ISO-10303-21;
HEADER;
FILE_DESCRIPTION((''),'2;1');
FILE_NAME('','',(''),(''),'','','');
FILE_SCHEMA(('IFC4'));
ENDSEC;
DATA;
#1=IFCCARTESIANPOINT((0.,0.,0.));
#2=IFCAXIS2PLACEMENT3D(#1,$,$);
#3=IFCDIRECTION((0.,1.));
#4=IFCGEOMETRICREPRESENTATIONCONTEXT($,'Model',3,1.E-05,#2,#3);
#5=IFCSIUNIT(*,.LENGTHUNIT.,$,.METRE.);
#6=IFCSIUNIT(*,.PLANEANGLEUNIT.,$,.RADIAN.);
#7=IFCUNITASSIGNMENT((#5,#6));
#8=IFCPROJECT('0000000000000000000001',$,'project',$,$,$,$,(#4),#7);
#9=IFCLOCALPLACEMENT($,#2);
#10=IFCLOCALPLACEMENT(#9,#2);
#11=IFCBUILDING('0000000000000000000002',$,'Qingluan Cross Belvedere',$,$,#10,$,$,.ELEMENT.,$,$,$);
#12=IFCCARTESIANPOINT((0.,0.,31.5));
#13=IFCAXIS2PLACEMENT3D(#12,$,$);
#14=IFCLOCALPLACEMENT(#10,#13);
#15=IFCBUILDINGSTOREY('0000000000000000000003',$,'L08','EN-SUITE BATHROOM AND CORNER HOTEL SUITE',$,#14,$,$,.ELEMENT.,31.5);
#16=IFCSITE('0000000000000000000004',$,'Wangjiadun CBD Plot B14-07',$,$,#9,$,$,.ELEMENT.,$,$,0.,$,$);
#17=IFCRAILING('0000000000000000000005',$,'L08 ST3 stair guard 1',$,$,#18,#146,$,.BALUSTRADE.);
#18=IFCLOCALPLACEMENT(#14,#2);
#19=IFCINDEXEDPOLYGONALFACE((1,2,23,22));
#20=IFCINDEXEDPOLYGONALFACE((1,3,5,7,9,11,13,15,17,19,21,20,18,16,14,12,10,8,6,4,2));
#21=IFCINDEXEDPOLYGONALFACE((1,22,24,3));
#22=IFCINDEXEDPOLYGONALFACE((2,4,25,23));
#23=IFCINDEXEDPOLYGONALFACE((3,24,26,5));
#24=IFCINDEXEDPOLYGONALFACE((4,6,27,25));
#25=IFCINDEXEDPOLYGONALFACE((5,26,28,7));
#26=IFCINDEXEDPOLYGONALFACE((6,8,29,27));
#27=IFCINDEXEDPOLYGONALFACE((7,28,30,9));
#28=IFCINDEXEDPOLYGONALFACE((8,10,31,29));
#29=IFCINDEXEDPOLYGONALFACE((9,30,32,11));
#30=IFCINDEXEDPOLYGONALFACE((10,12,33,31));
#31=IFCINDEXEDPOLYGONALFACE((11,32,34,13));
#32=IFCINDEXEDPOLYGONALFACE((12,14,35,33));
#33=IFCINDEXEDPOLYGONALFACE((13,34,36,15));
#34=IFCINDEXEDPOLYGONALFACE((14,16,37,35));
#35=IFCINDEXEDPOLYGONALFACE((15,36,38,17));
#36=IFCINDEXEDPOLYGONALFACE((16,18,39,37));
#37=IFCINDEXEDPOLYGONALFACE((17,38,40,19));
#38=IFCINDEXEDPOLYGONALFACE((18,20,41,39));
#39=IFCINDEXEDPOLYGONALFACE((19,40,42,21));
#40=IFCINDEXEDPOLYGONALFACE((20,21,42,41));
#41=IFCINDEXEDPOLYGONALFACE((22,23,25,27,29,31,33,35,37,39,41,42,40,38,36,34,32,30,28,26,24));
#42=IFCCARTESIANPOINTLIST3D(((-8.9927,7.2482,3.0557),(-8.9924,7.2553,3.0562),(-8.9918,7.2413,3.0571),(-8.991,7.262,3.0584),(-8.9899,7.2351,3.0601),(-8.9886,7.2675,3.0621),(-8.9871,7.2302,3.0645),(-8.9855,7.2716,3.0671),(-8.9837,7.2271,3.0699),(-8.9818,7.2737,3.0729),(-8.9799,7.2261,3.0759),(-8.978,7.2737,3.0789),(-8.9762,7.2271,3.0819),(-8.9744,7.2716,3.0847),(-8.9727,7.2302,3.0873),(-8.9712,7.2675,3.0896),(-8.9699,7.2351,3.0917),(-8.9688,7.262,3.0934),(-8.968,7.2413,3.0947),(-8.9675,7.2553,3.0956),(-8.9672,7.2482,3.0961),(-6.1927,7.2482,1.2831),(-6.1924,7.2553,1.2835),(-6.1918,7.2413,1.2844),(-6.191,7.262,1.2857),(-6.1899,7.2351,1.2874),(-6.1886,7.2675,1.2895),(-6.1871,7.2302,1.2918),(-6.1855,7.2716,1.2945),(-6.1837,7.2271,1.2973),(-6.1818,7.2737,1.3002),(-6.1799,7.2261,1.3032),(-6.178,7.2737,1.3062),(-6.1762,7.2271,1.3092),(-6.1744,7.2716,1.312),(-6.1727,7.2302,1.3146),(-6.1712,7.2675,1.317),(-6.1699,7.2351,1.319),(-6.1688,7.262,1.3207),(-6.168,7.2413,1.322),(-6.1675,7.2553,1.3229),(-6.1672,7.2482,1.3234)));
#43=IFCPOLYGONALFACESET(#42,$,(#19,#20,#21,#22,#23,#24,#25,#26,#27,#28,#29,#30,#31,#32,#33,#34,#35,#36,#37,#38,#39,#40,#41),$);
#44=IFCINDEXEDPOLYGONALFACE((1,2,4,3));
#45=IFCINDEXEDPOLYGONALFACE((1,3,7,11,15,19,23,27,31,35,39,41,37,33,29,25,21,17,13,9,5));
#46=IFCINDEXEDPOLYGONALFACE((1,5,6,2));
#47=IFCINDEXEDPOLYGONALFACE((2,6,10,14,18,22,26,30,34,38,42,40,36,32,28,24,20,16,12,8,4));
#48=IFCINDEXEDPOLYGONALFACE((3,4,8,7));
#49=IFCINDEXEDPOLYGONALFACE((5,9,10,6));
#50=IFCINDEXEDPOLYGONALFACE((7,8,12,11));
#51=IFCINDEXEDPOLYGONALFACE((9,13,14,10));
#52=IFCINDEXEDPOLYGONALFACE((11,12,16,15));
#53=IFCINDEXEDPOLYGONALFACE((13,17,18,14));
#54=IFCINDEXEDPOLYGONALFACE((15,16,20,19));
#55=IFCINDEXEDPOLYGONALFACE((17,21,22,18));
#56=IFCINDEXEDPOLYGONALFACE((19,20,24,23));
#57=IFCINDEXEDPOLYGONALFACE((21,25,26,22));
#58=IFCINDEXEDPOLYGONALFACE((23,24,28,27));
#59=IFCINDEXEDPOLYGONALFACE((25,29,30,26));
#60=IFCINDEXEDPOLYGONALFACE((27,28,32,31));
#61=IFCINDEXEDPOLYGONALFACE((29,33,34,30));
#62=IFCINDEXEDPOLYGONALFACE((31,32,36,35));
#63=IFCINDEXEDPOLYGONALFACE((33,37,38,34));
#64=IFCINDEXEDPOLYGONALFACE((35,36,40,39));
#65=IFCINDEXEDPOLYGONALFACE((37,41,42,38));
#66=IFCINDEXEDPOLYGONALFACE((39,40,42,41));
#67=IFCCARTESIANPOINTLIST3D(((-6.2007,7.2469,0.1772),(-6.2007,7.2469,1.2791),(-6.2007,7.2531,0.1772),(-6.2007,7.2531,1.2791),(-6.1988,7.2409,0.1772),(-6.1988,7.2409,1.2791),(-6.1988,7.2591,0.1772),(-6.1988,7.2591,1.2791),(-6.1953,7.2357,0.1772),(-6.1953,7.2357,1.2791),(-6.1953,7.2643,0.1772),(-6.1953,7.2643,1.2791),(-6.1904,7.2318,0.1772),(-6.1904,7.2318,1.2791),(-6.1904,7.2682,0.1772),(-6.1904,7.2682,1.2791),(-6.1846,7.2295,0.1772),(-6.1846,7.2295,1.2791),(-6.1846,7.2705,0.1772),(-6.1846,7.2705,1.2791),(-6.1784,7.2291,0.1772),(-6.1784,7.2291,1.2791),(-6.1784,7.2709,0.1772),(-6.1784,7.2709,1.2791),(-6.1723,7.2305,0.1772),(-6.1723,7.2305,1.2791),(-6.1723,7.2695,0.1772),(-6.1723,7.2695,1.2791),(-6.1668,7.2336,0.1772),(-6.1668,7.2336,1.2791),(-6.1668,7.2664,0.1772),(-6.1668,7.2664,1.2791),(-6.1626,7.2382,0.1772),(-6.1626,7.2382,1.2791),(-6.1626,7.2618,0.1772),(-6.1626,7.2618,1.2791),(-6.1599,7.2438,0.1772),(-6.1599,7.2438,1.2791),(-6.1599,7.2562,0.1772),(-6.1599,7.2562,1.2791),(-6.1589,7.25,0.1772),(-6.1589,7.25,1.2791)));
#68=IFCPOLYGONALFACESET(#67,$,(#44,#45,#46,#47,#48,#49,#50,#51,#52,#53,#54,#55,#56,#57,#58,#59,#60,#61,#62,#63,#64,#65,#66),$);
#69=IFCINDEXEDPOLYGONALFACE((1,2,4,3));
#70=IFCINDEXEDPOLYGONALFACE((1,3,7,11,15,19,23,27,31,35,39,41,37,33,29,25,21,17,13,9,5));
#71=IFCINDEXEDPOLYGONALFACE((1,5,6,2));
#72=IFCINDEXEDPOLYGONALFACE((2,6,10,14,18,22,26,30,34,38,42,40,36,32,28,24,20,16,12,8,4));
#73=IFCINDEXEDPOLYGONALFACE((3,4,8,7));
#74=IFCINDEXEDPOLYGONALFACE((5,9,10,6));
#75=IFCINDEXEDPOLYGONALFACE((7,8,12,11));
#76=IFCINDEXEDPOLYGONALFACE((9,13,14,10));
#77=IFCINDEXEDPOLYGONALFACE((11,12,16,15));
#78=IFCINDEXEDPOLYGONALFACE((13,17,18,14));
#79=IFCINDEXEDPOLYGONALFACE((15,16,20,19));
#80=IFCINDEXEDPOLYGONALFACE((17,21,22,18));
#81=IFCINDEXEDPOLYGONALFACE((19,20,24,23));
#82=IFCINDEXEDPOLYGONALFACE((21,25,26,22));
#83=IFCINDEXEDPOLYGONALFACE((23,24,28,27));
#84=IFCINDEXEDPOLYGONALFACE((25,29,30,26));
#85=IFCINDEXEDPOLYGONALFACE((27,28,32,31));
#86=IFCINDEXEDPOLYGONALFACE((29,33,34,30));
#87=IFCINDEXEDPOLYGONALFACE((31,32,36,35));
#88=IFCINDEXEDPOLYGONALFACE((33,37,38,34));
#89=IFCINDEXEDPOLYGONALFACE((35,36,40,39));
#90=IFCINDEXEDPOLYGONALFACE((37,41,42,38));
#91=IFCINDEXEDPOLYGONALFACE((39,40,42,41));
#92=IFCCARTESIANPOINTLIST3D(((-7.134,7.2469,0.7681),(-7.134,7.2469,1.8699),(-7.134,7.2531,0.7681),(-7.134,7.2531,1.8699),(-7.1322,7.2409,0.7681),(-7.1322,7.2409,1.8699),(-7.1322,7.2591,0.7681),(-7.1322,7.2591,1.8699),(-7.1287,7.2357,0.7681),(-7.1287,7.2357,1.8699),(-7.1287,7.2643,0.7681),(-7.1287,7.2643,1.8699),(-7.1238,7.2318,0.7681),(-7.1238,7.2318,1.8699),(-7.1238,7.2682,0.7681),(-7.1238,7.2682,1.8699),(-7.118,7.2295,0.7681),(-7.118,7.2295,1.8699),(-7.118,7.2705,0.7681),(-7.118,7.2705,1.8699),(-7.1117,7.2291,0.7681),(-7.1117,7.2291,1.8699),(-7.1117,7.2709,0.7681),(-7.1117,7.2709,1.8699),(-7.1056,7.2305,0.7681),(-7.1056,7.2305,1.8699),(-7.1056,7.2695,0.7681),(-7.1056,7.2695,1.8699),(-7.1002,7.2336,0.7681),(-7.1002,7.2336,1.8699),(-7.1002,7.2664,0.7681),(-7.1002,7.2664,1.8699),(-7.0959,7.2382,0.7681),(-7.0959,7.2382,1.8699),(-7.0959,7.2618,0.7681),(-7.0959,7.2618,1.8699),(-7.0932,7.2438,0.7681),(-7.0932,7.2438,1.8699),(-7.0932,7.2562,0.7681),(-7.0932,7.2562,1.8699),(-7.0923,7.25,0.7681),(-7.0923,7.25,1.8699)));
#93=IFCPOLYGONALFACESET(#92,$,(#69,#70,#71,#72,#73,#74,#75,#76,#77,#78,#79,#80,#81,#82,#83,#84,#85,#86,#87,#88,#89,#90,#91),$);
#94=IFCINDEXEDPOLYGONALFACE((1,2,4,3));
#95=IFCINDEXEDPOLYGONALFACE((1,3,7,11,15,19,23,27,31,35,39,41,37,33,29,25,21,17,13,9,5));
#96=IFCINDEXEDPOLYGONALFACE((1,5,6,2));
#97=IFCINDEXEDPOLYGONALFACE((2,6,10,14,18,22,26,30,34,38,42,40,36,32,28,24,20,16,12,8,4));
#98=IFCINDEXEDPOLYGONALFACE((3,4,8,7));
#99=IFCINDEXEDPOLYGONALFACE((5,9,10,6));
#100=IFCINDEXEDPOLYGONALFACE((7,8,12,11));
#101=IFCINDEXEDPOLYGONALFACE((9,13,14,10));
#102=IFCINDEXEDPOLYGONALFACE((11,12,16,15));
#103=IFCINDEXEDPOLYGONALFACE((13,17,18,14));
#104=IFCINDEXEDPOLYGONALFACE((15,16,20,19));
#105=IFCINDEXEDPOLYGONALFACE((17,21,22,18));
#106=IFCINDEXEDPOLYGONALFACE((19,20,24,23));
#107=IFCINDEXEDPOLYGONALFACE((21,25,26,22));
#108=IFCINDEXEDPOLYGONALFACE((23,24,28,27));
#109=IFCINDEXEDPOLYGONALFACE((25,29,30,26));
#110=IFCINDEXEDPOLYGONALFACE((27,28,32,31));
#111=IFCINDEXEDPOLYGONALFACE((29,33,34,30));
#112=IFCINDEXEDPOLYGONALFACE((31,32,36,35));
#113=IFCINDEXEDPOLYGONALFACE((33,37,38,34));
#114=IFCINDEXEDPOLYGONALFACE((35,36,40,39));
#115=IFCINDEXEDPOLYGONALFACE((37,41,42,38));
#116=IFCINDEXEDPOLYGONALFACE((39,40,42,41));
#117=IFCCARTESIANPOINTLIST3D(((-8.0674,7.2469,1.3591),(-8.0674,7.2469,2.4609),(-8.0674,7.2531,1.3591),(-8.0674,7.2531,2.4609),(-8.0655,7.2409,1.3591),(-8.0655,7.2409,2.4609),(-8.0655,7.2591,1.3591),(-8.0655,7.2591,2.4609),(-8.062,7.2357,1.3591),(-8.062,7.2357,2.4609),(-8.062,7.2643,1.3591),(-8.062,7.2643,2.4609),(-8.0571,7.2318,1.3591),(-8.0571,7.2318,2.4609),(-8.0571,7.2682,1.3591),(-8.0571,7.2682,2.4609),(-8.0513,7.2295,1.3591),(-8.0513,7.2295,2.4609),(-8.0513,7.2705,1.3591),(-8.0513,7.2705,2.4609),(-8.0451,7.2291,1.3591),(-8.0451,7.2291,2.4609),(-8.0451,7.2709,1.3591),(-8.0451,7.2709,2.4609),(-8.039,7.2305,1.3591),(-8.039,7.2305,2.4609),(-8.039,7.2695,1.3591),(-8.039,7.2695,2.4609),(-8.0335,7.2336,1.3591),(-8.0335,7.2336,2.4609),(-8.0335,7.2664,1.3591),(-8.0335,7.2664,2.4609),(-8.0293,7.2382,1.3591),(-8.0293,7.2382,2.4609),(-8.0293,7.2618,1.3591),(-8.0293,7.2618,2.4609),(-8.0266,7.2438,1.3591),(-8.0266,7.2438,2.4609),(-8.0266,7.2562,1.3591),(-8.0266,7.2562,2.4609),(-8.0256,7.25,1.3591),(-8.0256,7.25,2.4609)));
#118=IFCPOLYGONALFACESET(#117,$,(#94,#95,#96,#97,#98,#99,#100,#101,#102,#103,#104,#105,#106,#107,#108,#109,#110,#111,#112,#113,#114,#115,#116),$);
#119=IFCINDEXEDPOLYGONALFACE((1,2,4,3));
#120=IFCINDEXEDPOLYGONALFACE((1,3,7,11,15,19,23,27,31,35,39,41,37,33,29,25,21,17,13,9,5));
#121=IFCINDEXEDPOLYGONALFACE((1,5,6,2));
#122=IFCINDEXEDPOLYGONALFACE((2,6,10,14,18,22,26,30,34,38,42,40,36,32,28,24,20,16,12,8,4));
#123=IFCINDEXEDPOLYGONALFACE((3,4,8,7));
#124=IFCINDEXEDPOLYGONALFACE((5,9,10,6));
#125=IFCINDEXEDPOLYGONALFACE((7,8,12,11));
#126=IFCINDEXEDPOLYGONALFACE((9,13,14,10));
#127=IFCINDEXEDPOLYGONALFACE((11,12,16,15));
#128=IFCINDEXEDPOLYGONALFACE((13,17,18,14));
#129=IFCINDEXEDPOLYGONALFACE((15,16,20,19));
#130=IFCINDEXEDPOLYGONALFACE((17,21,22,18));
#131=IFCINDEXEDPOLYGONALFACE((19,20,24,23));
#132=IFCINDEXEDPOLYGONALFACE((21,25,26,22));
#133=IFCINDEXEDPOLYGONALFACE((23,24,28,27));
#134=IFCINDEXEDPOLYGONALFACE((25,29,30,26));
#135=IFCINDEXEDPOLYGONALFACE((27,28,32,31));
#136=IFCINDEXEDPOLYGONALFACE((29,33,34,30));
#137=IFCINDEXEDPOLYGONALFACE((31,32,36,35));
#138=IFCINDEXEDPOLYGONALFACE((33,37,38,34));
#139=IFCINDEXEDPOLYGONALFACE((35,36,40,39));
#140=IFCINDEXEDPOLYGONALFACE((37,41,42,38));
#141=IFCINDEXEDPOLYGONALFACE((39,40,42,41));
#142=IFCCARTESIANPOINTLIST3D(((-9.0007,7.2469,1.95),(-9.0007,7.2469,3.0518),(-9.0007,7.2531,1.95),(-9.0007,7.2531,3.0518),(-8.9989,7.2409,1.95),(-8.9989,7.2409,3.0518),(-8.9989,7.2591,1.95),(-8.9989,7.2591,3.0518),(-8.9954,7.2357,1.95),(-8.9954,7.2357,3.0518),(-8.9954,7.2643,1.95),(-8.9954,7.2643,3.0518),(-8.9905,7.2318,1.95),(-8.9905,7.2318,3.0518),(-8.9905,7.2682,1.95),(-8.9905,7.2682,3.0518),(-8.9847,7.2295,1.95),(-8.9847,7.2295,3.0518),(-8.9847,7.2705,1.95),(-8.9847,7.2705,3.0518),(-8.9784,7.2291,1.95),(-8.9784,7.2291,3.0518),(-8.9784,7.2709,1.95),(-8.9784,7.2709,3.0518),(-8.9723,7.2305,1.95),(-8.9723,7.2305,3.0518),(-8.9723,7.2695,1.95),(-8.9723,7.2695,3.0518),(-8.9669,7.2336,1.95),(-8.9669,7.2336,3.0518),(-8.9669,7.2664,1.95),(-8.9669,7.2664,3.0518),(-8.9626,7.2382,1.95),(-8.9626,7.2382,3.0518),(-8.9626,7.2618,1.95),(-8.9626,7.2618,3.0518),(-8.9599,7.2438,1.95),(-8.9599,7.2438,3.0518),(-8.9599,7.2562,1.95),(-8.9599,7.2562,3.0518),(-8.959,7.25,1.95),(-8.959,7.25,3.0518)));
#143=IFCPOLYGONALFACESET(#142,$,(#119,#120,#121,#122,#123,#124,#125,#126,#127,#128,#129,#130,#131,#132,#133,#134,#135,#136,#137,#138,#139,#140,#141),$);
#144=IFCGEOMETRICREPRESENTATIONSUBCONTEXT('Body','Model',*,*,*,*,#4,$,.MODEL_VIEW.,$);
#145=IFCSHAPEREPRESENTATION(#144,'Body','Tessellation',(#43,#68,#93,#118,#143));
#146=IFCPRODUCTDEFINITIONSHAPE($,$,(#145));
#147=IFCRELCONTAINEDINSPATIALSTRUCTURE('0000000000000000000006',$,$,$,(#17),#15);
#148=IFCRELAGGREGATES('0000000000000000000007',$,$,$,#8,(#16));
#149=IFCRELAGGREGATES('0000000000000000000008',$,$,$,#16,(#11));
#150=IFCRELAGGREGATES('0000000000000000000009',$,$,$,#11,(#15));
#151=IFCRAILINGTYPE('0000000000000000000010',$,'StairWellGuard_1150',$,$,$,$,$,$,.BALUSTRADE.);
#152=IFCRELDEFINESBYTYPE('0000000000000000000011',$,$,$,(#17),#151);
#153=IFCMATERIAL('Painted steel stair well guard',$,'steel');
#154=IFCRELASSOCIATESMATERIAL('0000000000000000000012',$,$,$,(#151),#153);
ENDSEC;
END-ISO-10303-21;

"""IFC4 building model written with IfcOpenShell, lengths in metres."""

from ifc_helpers import new_model, si_unit, direction, frame, origin, origin_2d, place, context, subcontext, project, spatial, circle, extrude, material, type_object, element, save


model = new_model("IFC4")

# Units and contexts
model_context = context("Model", 3, precision=1e-05, world=origin(), true_north=direction((0.0, 1.0)))
body_context = subcontext(model_context, "Body", "Model", "MODEL_VIEW")
ifc_project = project(units=[si_unit("LENGTHUNIT", "METRE"), si_unit("PLANEANGLEUNIT", "RADIAN")], contexts=[model_context])

# Site, building, storey
site_placement = place(None, origin())
site = spatial("IfcSite", under=ifc_project, at=site_placement, Name="Wangjiadun CBD Plot B14-07", CompositionType="ELEMENT", RefElevation=0.0)
building_placement = place(site_placement, origin())
building = spatial("IfcBuilding", under=site, at=building_placement, Name="Qingluan Cross Belvedere", CompositionType="ELEMENT")
storey_placement = place(building_placement, frame((0.0, 0.0, 31.5)))
storey = spatial("IfcBuildingStorey", under=building, at=storey_placement, Name="L08", Description="EN-SUITE BATHROOM AND CORNER HOTEL SUITE", CompositionType="ELEMENT", Elevation=31.5)

# Railing
ifc_material_1 = material(Name="Painted steel stair well guard", Category="steel")
railing_type_1 = type_object("IfcRailingType", Name="StairWellGuard_1150", PredefinedType="BALUSTRADE", material=ifc_material_1)
railing_1_placement = place(storey_placement, frame((-6.1799, 7.25, 0.1772)))
element("IfcRailing", 1, at=railing_1_placement, inside=storey, type_object=railing_type_1, Name="L08 ST3 stair guard 1", PredefinedType="BALUSTRADE", context=body_context, shape_type="SweptSolid", body=[
    extrude(circle(Radius=0.0239, at=origin_2d()), frame((0.0, 0.0, 1.126), z_axis=(-0.844909, 0.0, 0.53491), x_axis=(0.0, -1.0, 0.0)), (0.0, 0.0, 1.0), 3.314),
    extrude(circle(Radius=0.021, at=origin_2d()), origin(), (0.0, 0.0, 1.0), 1.1018),
    extrude(circle(Radius=0.021, at=origin_2d()), frame((-0.9333, 0.0, 0.5908)), (0.0, 0.0, 1.0), 1.1018),
    extrude(circle(Radius=0.021, at=origin_2d()), frame((-1.8667, 0.0, 1.1819)), (0.0, 0.0, 1.0), 1.1018),
    extrude(circle(Radius=0.021, at=origin_2d()), frame((-2.8, 0.0, 1.7727)), (0.0, 0.0, 1.0), 1.1018),
])

save(model, "model.ifc")
